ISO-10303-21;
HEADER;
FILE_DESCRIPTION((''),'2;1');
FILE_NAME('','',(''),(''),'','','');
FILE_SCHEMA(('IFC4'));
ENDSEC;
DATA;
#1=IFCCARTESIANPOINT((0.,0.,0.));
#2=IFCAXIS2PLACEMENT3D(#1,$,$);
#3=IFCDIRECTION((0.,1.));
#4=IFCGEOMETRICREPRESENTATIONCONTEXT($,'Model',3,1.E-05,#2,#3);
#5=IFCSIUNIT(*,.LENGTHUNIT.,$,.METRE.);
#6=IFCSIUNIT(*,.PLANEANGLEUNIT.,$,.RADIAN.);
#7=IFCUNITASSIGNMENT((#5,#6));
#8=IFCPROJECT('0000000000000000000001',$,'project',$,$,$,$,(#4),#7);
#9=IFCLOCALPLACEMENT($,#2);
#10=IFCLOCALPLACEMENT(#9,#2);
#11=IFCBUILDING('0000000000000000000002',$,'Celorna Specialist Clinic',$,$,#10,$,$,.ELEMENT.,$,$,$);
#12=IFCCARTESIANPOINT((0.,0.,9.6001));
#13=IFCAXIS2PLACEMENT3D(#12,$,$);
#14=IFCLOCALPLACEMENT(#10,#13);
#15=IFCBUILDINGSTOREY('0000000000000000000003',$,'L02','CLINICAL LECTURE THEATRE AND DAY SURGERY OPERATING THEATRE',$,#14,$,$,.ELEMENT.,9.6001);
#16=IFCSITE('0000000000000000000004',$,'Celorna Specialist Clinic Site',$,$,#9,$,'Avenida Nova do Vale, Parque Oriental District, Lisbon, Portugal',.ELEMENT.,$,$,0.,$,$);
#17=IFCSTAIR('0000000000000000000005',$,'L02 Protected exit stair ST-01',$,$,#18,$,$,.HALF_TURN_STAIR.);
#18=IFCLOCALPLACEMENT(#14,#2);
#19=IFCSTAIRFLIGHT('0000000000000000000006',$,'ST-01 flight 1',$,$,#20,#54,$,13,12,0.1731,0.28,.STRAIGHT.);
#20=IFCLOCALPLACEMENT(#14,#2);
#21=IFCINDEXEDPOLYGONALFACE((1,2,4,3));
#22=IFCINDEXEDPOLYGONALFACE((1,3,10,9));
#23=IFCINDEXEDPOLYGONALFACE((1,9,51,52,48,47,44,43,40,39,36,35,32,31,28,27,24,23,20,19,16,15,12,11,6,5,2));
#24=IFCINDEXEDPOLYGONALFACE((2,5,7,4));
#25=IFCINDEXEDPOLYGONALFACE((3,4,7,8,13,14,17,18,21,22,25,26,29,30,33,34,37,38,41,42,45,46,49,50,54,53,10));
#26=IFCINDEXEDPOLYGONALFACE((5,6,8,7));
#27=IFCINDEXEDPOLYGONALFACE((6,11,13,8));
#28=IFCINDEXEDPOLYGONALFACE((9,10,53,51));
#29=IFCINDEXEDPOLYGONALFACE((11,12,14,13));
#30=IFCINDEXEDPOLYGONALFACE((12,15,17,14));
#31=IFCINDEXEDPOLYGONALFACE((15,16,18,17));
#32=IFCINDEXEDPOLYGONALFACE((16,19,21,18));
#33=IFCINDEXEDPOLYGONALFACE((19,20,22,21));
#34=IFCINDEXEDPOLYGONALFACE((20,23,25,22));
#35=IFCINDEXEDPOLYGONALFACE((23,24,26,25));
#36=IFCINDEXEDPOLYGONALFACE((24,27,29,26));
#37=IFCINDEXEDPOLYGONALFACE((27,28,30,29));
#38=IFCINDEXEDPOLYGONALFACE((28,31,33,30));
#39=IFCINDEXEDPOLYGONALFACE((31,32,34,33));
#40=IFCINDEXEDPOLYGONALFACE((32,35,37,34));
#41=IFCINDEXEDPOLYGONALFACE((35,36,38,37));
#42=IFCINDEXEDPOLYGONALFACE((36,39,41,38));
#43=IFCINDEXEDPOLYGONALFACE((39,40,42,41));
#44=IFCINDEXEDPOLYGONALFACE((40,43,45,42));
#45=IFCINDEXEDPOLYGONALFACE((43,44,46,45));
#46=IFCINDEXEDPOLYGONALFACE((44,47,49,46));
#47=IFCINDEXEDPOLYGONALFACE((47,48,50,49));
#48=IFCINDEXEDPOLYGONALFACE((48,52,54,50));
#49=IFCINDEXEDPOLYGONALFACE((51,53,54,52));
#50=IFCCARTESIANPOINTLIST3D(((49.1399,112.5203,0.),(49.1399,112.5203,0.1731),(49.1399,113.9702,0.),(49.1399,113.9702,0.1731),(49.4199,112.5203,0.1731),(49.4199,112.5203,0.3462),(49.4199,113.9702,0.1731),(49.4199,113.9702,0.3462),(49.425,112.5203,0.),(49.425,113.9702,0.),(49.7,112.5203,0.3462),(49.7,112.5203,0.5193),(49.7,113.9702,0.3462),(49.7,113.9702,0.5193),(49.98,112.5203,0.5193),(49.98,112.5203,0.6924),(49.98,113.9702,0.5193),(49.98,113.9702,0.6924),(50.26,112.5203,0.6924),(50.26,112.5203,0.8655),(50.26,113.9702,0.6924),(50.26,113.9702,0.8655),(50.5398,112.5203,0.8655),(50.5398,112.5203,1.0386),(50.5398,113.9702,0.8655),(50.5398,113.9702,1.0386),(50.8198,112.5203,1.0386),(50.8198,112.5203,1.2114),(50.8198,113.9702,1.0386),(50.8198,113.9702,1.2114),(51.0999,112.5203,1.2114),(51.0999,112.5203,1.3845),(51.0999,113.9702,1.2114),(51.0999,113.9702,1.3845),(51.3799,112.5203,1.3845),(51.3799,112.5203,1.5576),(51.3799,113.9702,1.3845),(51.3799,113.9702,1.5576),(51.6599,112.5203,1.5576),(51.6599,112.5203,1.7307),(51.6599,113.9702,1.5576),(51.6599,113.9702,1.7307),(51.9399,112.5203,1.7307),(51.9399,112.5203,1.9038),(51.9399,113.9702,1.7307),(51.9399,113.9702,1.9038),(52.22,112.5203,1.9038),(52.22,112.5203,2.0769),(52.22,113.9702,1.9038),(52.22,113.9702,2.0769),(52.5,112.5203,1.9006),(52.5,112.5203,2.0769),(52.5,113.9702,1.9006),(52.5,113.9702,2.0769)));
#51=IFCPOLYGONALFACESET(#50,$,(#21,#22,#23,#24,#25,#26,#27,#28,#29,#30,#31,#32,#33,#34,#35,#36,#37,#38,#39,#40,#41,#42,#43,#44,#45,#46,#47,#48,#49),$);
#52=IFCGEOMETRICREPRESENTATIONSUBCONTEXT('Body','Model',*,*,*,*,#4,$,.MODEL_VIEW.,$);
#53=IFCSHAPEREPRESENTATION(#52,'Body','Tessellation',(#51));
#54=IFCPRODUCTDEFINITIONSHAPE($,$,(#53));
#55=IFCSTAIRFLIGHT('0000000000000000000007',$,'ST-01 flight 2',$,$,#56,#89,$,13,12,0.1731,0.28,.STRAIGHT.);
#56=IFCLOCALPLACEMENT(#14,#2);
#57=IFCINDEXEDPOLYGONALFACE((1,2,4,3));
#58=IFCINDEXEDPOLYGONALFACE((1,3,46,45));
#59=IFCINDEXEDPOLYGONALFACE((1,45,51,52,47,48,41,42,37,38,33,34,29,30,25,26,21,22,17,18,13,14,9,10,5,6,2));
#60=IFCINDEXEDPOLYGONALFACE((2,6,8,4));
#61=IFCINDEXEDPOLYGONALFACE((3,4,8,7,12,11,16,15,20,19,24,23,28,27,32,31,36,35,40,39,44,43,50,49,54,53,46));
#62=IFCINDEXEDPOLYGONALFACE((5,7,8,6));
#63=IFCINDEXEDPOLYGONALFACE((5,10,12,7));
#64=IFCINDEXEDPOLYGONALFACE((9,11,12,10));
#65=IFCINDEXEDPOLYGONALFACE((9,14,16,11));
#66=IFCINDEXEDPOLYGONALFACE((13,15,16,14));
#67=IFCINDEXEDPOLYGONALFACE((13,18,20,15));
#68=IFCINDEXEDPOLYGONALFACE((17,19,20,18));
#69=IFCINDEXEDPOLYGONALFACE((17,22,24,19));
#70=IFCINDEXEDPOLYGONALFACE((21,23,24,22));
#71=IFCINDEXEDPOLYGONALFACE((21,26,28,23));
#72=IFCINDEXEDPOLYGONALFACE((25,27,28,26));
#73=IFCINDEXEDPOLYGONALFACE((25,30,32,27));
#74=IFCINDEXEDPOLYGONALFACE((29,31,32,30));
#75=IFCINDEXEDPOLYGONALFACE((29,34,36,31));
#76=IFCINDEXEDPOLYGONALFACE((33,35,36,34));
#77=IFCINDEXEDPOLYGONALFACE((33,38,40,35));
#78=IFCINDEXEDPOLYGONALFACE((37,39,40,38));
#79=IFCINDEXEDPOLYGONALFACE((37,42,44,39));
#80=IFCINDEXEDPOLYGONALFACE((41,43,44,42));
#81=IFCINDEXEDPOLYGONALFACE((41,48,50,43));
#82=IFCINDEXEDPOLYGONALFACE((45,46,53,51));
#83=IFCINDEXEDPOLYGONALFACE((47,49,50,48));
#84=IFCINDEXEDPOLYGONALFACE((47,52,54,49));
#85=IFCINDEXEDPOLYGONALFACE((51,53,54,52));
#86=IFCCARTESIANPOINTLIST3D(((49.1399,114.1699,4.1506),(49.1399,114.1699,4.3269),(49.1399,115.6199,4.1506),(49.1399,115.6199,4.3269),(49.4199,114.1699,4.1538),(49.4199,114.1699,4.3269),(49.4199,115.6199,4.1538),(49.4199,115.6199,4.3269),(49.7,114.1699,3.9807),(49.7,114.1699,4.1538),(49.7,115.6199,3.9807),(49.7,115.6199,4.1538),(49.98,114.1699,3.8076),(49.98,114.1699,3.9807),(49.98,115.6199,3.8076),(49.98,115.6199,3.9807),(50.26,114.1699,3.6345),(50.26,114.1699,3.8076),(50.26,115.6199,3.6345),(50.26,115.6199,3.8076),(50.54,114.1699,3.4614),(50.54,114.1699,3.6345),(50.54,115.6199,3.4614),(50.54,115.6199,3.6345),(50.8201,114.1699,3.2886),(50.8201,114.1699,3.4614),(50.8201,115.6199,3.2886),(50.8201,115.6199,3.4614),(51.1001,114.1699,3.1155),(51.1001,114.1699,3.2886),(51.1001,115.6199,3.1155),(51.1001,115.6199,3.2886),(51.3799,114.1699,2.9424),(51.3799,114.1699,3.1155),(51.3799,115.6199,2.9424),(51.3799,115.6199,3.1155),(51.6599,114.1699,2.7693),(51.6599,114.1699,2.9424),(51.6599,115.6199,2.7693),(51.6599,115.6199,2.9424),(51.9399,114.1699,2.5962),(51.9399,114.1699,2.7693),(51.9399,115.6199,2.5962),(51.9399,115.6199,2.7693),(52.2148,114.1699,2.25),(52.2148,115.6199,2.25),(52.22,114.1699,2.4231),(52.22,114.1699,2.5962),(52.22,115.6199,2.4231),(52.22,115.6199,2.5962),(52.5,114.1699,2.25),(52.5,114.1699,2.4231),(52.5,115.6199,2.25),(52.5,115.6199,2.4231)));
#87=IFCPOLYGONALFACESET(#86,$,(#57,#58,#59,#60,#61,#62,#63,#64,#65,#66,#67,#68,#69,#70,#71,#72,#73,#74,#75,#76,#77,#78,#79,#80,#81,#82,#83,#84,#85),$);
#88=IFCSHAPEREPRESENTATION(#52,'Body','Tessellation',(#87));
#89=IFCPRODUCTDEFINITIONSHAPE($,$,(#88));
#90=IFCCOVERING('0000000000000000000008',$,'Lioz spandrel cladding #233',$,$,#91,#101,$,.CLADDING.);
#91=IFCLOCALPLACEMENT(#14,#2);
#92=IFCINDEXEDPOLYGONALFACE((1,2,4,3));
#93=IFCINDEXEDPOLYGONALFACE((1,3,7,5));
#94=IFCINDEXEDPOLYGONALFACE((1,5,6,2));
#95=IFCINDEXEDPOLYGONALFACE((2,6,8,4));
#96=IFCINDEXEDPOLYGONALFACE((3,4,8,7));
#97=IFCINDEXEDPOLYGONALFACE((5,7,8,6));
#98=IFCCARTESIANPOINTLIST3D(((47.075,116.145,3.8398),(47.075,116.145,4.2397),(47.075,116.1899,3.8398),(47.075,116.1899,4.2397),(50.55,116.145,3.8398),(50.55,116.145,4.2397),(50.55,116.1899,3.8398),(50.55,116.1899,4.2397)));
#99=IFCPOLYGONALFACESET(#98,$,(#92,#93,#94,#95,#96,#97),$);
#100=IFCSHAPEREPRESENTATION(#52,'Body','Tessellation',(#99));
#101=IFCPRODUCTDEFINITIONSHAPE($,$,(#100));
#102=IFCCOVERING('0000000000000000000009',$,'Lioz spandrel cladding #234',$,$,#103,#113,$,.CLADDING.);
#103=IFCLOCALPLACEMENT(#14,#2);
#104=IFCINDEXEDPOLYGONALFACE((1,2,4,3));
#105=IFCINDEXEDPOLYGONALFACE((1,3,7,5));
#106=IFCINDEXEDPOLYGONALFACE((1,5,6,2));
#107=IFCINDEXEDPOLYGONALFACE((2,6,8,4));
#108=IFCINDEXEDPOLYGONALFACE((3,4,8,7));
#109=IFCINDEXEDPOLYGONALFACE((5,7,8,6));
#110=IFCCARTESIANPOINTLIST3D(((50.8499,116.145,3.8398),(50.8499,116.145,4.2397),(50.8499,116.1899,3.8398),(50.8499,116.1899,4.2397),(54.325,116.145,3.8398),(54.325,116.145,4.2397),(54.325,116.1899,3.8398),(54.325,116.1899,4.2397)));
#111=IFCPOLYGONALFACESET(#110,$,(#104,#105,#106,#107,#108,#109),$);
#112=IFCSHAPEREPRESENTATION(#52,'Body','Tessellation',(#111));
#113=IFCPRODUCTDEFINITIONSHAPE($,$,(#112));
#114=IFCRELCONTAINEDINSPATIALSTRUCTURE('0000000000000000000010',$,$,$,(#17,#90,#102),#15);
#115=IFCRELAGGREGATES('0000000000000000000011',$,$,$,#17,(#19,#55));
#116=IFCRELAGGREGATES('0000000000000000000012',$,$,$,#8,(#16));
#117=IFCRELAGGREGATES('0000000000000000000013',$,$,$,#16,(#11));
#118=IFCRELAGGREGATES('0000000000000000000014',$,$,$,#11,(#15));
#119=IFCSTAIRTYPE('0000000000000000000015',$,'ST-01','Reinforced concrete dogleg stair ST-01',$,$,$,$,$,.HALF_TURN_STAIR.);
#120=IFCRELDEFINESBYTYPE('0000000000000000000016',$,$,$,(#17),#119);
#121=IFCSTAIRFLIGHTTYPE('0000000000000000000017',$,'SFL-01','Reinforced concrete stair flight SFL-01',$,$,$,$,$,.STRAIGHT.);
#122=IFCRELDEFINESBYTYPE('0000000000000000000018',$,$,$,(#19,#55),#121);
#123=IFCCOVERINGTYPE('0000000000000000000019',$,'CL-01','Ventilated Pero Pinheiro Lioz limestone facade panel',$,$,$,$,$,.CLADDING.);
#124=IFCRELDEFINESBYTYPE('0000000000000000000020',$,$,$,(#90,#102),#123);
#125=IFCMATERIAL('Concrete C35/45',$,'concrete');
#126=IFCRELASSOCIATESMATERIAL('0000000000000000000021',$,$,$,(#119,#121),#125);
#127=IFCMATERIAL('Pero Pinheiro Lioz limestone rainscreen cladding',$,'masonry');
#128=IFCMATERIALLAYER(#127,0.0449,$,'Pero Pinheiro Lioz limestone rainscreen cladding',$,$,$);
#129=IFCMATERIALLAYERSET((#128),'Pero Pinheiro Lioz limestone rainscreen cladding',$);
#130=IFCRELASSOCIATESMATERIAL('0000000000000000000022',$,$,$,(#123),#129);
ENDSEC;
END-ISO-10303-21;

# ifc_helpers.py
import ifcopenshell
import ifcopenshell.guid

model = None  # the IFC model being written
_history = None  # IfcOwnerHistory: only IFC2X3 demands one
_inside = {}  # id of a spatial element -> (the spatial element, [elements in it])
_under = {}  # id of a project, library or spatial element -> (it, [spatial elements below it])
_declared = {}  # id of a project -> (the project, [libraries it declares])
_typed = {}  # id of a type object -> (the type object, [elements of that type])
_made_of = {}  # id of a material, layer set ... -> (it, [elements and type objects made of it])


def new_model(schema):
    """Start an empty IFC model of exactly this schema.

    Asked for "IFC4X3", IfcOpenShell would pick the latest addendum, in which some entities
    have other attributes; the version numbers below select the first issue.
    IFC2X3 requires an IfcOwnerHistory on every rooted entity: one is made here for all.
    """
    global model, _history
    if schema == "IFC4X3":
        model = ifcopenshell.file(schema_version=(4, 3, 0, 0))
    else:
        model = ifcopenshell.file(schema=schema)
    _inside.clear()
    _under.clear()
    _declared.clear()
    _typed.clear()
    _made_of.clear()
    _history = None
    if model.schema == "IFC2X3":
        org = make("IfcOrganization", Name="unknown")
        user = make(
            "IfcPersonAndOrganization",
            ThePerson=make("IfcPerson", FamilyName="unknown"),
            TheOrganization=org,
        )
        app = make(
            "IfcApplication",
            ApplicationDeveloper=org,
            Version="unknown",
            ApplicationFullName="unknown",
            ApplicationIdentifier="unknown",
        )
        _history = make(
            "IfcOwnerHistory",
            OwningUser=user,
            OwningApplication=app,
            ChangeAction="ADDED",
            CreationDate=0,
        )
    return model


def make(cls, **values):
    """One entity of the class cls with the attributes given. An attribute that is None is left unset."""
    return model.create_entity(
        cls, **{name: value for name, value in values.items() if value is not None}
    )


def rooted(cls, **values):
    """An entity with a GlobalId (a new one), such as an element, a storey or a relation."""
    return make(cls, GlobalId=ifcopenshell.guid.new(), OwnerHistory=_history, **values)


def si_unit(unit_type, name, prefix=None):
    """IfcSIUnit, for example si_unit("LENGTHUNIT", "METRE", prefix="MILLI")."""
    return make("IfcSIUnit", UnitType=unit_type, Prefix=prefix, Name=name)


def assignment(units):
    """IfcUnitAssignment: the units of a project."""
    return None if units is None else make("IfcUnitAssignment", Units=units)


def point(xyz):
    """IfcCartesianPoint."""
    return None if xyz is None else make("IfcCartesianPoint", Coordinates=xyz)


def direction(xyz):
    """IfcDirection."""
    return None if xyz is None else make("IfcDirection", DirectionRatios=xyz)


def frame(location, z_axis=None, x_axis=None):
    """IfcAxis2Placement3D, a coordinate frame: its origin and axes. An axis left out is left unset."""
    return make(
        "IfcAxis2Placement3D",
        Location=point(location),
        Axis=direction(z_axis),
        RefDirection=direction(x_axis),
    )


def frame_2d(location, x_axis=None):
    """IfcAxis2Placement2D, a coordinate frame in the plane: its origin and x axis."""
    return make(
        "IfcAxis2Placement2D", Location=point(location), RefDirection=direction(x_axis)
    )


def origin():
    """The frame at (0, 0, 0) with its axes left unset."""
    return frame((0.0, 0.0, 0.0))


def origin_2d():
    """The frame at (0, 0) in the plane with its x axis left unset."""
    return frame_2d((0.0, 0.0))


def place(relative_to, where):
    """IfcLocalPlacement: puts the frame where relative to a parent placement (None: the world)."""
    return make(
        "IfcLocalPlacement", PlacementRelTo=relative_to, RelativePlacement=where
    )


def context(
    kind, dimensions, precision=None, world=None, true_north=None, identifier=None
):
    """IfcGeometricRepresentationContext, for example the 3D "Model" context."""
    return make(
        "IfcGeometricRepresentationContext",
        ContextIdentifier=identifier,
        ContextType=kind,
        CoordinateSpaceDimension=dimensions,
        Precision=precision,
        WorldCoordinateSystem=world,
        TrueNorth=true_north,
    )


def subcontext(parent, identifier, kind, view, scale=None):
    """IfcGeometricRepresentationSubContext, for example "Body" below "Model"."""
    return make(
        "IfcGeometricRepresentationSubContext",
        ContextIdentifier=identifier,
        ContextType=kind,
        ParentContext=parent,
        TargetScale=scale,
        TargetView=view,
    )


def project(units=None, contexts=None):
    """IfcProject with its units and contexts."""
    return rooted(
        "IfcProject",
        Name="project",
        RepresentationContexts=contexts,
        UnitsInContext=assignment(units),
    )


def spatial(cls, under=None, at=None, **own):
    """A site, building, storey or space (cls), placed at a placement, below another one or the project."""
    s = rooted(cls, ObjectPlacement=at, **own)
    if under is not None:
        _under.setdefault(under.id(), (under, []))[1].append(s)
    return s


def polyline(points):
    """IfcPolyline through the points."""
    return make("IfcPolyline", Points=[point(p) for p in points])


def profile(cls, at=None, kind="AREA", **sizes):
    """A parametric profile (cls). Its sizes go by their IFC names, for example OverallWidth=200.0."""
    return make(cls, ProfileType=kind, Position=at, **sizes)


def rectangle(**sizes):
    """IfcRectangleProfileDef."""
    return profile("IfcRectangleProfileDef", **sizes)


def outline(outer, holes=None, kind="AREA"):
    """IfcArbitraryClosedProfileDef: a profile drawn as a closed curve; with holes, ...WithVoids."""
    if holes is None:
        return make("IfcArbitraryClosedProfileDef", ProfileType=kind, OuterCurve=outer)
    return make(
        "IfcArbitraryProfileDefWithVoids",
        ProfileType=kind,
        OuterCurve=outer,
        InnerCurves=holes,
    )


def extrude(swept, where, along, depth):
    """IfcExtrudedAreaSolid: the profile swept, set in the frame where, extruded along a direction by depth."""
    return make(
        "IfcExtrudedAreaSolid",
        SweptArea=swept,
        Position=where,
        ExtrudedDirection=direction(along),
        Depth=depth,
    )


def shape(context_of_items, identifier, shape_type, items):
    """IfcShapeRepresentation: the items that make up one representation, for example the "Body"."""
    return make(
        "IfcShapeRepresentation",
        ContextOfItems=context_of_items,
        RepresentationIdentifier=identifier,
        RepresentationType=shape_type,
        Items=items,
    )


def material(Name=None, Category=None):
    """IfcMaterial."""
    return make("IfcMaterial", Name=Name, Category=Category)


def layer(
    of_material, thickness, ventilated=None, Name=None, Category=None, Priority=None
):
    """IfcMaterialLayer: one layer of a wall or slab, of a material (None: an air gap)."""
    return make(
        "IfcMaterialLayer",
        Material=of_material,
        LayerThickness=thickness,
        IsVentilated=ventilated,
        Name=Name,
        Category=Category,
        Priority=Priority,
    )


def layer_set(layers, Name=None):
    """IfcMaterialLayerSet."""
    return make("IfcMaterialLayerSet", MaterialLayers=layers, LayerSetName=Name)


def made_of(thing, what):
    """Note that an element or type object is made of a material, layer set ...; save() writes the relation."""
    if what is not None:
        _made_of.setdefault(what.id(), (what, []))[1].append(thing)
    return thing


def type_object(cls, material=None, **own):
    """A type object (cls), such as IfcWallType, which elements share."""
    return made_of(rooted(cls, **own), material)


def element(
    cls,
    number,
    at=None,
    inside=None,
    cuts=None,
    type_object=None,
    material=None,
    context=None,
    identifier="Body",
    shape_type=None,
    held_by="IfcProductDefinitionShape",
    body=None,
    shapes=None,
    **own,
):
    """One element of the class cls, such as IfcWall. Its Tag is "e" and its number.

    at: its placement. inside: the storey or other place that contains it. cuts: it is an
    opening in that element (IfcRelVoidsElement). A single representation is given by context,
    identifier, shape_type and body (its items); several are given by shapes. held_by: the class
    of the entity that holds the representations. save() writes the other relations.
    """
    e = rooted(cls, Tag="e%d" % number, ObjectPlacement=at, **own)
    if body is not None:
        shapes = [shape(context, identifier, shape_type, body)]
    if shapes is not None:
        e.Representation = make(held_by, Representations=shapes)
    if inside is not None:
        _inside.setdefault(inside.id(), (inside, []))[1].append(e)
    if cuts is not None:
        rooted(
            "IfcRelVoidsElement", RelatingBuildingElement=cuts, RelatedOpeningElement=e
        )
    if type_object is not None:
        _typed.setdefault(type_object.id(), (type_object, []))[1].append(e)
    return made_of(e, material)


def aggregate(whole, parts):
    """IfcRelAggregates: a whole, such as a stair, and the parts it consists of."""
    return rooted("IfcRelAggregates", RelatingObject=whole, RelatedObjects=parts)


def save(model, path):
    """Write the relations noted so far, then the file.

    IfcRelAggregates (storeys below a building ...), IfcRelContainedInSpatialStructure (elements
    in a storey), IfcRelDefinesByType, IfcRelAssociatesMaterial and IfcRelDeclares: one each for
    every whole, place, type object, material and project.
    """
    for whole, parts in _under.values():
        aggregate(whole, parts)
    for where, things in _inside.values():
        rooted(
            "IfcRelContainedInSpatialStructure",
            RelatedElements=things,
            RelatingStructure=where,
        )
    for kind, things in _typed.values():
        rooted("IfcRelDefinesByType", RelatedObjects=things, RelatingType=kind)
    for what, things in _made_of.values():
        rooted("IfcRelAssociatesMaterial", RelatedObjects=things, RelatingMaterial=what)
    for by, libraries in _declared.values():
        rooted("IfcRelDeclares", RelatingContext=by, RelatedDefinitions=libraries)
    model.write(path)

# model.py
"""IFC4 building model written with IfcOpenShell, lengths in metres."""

from ifc_helpers import new_model, si_unit, direction, frame, origin, origin_2d, place, context, subcontext, project, spatial, polyline, rectangle, outline, extrude, material, layer, layer_set, type_object, element, aggregate, save


model = new_model("IFC4")

# Units and contexts
model_context = context("Model", 3, precision=1e-05, world=origin(), true_north=direction((0.0, 1.0)))
body_context = subcontext(model_context, "Body", "Model", "MODEL_VIEW")
ifc_project = project(units=[si_unit("LENGTHUNIT", "METRE"), si_unit("PLANEANGLEUNIT", "RADIAN")], contexts=[model_context])

# Site, building, storey
site_placement = place(None, origin())
site = spatial("IfcSite", under=ifc_project, at=site_placement, Name="Celorna Specialist Clinic Site", LongName="Avenida Nova do Vale, Parque Oriental District, Lisbon, Portugal", CompositionType="ELEMENT", RefElevation=0.0)
building_placement = place(site_placement, origin())
building = spatial("IfcBuilding", under=site, at=building_placement, Name="Celorna Specialist Clinic", CompositionType="ELEMENT")
storey_placement = place(building_placement, frame((0.0, 0.0, 9.6001)))
storey = spatial("IfcBuildingStorey", under=building, at=storey_placement, Name="L02", Description="CLINICAL LECTURE THEATRE AND DAY SURGERY OPERATING THEATRE", CompositionType="ELEMENT", Elevation=9.6001)

# Shared definitions
ifc_material_1 = material(Name="Concrete C35/45", Category="concrete")

# Stair, stair flights
stair_type = type_object("IfcStairType", Name="ST-01", Description="Reinforced concrete dogleg stair ST-01", PredefinedType="HALF_TURN_STAIR", material=ifc_material_1)
stair_placement = place(storey_placement, origin())
stair = element("IfcStair", 1, at=stair_placement, inside=storey, type_object=stair_type, Name="L02 Protected exit stair ST-01", PredefinedType="HALF_TURN_STAIR")
stair_flight_type = type_object("IfcStairFlightType", Name="SFL-01", Description="Reinforced concrete stair flight SFL-01", PredefinedType="STRAIGHT", material=ifc_material_1)
stair_flight_1_placement = place(storey_placement, frame((49.1399, 113.2451, 0.0), z_axis=(0.0, 0.0, 1.0), x_axis=(1.0, 0.0, 0.0)))
stair_flight_1 = element("IfcStairFlight", 2, at=stair_flight_1_placement, type_object=stair_flight_type, Name="ST-01 flight 1", NumberOfRisers=13, NumberOfTreads=12, PredefinedType="STRAIGHT", RiserHeight=0.1731, TreadLength=0.28, context=body_context, shape_type="SweptSolid", body=[
    extrude(outline(polyline([(0.0, 0.0), (0.0, 0.1731), (0.28, 0.1731), (0.28, 0.3462), (0.5601, 0.3462), (0.5601, 0.5193), (0.8401, 0.5193), (0.8401, 0.6924), (1.1201, 0.6924), (1.1201, 0.8655), (1.3999, 0.8655), (1.3999, 1.0386), (1.6799, 1.0386), (1.6799, 1.2114), (1.96, 1.2114), (1.96, 1.3845), (2.24, 1.3845), (2.24, 1.5576), (2.52, 1.5576), (2.52, 1.7307), (2.8, 1.7307), (2.8, 1.9038), (3.0801, 1.9038), (3.0801, 2.0769), (3.3601, 2.0769), (3.3601, 2.25), (3.3601, 1.9006), (0.2852, 0.0), (0.0, 0.0)])), frame((0.0, 0.7251, 0.0), z_axis=(0.0, -1.0, 0.0), x_axis=(1.0, 0.0, 0.0)), (0.0, 0.0, 1.0), 1.45),
])
stair_flight_2_placement = place(storey_placement, frame((52.5, 114.895, 2.25), z_axis=(0.0, 0.0, 1.0), x_axis=(-1.0, 0.0, 0.0)))
stair_flight_2 = element("IfcStairFlight", 3, at=stair_flight_2_placement, type_object=stair_flight_type, Name="ST-01 flight 2", NumberOfRisers=13, NumberOfTreads=12, PredefinedType="STRAIGHT", RiserHeight=0.1731, TreadLength=0.28, context=body_context, shape_type="SweptSolid", body=[
    extrude(outline(polyline([(0.0, 0.0), (0.0, 0.1731), (0.28, 0.1731), (0.28, 0.3462), (0.5601, 0.3462), (0.5601, 0.5193), (0.8401, 0.5193), (0.8401, 0.6924), (1.1201, 0.6924), (1.1201, 0.8655), (1.3999, 0.8655), (1.3999, 1.0386), (1.6799, 1.0386), (1.6799, 1.2114), (1.96, 1.2114), (1.96, 1.3845), (2.24, 1.3845), (2.24, 1.5576), (2.52, 1.5576), (2.52, 1.7307), (2.8, 1.7307), (2.8, 1.9038), (3.0801, 1.9038), (3.0801, 2.0769), (3.3601, 2.0769), (3.3601, 2.25), (3.3601, 1.9006), (0.2852, 0.0), (0.0, 0.0)])), frame((0.0, 0.7251, 0.0), z_axis=(0.0, -1.0, 0.0), x_axis=(1.0, 0.0, 0.0)), (0.0, 0.0, 1.0), 1.45),
])
aggregate(stair, [stair_flight_1, stair_flight_2])

# Coverings
ifc_material_2 = material(Name="Pero Pinheiro Lioz limestone rainscreen cladding", Category="masonry")
ifc_layer_1 = layer(ifc_material_2, 0.0449, Name="Pero Pinheiro Lioz limestone rainscreen cladding")
ifc_layer_set_1 = layer_set([ifc_layer_1], Name="Pero Pinheiro Lioz limestone rainscreen cladding")
covering_type = type_object("IfcCoveringType", Name="CL-01", Description="Ventilated Pero Pinheiro Lioz limestone facade panel", PredefinedType="CLADDING", material=ifc_layer_set_1)
for number, where, z_axis, x_axis, name in (
    (4, (48.8125, 116.1675, 3.8398), (0.0, 0.0, 1.0), (1.0, 0.0, 0.0), "Lioz spandrel cladding #233"),
    (5, (52.5874, 116.1675, 3.8398), (0.0, 0.0, 1.0), (1.0, 0.0, 0.0), "Lioz spandrel cladding #234"),
):
    element("IfcCovering", number, at=place(storey_placement, frame(where, z_axis=z_axis, x_axis=x_axis)), inside=storey, type_object=covering_type, Name=name, PredefinedType="CLADDING", context=body_context, shape_type="SweptSolid", body=[
        extrude(rectangle(XDim=3.4751, YDim=0.0449, at=origin_2d()), origin(), (0.0, 0.0, 1.0), 0.3999),
    ])

save(model, "model.ifc")
